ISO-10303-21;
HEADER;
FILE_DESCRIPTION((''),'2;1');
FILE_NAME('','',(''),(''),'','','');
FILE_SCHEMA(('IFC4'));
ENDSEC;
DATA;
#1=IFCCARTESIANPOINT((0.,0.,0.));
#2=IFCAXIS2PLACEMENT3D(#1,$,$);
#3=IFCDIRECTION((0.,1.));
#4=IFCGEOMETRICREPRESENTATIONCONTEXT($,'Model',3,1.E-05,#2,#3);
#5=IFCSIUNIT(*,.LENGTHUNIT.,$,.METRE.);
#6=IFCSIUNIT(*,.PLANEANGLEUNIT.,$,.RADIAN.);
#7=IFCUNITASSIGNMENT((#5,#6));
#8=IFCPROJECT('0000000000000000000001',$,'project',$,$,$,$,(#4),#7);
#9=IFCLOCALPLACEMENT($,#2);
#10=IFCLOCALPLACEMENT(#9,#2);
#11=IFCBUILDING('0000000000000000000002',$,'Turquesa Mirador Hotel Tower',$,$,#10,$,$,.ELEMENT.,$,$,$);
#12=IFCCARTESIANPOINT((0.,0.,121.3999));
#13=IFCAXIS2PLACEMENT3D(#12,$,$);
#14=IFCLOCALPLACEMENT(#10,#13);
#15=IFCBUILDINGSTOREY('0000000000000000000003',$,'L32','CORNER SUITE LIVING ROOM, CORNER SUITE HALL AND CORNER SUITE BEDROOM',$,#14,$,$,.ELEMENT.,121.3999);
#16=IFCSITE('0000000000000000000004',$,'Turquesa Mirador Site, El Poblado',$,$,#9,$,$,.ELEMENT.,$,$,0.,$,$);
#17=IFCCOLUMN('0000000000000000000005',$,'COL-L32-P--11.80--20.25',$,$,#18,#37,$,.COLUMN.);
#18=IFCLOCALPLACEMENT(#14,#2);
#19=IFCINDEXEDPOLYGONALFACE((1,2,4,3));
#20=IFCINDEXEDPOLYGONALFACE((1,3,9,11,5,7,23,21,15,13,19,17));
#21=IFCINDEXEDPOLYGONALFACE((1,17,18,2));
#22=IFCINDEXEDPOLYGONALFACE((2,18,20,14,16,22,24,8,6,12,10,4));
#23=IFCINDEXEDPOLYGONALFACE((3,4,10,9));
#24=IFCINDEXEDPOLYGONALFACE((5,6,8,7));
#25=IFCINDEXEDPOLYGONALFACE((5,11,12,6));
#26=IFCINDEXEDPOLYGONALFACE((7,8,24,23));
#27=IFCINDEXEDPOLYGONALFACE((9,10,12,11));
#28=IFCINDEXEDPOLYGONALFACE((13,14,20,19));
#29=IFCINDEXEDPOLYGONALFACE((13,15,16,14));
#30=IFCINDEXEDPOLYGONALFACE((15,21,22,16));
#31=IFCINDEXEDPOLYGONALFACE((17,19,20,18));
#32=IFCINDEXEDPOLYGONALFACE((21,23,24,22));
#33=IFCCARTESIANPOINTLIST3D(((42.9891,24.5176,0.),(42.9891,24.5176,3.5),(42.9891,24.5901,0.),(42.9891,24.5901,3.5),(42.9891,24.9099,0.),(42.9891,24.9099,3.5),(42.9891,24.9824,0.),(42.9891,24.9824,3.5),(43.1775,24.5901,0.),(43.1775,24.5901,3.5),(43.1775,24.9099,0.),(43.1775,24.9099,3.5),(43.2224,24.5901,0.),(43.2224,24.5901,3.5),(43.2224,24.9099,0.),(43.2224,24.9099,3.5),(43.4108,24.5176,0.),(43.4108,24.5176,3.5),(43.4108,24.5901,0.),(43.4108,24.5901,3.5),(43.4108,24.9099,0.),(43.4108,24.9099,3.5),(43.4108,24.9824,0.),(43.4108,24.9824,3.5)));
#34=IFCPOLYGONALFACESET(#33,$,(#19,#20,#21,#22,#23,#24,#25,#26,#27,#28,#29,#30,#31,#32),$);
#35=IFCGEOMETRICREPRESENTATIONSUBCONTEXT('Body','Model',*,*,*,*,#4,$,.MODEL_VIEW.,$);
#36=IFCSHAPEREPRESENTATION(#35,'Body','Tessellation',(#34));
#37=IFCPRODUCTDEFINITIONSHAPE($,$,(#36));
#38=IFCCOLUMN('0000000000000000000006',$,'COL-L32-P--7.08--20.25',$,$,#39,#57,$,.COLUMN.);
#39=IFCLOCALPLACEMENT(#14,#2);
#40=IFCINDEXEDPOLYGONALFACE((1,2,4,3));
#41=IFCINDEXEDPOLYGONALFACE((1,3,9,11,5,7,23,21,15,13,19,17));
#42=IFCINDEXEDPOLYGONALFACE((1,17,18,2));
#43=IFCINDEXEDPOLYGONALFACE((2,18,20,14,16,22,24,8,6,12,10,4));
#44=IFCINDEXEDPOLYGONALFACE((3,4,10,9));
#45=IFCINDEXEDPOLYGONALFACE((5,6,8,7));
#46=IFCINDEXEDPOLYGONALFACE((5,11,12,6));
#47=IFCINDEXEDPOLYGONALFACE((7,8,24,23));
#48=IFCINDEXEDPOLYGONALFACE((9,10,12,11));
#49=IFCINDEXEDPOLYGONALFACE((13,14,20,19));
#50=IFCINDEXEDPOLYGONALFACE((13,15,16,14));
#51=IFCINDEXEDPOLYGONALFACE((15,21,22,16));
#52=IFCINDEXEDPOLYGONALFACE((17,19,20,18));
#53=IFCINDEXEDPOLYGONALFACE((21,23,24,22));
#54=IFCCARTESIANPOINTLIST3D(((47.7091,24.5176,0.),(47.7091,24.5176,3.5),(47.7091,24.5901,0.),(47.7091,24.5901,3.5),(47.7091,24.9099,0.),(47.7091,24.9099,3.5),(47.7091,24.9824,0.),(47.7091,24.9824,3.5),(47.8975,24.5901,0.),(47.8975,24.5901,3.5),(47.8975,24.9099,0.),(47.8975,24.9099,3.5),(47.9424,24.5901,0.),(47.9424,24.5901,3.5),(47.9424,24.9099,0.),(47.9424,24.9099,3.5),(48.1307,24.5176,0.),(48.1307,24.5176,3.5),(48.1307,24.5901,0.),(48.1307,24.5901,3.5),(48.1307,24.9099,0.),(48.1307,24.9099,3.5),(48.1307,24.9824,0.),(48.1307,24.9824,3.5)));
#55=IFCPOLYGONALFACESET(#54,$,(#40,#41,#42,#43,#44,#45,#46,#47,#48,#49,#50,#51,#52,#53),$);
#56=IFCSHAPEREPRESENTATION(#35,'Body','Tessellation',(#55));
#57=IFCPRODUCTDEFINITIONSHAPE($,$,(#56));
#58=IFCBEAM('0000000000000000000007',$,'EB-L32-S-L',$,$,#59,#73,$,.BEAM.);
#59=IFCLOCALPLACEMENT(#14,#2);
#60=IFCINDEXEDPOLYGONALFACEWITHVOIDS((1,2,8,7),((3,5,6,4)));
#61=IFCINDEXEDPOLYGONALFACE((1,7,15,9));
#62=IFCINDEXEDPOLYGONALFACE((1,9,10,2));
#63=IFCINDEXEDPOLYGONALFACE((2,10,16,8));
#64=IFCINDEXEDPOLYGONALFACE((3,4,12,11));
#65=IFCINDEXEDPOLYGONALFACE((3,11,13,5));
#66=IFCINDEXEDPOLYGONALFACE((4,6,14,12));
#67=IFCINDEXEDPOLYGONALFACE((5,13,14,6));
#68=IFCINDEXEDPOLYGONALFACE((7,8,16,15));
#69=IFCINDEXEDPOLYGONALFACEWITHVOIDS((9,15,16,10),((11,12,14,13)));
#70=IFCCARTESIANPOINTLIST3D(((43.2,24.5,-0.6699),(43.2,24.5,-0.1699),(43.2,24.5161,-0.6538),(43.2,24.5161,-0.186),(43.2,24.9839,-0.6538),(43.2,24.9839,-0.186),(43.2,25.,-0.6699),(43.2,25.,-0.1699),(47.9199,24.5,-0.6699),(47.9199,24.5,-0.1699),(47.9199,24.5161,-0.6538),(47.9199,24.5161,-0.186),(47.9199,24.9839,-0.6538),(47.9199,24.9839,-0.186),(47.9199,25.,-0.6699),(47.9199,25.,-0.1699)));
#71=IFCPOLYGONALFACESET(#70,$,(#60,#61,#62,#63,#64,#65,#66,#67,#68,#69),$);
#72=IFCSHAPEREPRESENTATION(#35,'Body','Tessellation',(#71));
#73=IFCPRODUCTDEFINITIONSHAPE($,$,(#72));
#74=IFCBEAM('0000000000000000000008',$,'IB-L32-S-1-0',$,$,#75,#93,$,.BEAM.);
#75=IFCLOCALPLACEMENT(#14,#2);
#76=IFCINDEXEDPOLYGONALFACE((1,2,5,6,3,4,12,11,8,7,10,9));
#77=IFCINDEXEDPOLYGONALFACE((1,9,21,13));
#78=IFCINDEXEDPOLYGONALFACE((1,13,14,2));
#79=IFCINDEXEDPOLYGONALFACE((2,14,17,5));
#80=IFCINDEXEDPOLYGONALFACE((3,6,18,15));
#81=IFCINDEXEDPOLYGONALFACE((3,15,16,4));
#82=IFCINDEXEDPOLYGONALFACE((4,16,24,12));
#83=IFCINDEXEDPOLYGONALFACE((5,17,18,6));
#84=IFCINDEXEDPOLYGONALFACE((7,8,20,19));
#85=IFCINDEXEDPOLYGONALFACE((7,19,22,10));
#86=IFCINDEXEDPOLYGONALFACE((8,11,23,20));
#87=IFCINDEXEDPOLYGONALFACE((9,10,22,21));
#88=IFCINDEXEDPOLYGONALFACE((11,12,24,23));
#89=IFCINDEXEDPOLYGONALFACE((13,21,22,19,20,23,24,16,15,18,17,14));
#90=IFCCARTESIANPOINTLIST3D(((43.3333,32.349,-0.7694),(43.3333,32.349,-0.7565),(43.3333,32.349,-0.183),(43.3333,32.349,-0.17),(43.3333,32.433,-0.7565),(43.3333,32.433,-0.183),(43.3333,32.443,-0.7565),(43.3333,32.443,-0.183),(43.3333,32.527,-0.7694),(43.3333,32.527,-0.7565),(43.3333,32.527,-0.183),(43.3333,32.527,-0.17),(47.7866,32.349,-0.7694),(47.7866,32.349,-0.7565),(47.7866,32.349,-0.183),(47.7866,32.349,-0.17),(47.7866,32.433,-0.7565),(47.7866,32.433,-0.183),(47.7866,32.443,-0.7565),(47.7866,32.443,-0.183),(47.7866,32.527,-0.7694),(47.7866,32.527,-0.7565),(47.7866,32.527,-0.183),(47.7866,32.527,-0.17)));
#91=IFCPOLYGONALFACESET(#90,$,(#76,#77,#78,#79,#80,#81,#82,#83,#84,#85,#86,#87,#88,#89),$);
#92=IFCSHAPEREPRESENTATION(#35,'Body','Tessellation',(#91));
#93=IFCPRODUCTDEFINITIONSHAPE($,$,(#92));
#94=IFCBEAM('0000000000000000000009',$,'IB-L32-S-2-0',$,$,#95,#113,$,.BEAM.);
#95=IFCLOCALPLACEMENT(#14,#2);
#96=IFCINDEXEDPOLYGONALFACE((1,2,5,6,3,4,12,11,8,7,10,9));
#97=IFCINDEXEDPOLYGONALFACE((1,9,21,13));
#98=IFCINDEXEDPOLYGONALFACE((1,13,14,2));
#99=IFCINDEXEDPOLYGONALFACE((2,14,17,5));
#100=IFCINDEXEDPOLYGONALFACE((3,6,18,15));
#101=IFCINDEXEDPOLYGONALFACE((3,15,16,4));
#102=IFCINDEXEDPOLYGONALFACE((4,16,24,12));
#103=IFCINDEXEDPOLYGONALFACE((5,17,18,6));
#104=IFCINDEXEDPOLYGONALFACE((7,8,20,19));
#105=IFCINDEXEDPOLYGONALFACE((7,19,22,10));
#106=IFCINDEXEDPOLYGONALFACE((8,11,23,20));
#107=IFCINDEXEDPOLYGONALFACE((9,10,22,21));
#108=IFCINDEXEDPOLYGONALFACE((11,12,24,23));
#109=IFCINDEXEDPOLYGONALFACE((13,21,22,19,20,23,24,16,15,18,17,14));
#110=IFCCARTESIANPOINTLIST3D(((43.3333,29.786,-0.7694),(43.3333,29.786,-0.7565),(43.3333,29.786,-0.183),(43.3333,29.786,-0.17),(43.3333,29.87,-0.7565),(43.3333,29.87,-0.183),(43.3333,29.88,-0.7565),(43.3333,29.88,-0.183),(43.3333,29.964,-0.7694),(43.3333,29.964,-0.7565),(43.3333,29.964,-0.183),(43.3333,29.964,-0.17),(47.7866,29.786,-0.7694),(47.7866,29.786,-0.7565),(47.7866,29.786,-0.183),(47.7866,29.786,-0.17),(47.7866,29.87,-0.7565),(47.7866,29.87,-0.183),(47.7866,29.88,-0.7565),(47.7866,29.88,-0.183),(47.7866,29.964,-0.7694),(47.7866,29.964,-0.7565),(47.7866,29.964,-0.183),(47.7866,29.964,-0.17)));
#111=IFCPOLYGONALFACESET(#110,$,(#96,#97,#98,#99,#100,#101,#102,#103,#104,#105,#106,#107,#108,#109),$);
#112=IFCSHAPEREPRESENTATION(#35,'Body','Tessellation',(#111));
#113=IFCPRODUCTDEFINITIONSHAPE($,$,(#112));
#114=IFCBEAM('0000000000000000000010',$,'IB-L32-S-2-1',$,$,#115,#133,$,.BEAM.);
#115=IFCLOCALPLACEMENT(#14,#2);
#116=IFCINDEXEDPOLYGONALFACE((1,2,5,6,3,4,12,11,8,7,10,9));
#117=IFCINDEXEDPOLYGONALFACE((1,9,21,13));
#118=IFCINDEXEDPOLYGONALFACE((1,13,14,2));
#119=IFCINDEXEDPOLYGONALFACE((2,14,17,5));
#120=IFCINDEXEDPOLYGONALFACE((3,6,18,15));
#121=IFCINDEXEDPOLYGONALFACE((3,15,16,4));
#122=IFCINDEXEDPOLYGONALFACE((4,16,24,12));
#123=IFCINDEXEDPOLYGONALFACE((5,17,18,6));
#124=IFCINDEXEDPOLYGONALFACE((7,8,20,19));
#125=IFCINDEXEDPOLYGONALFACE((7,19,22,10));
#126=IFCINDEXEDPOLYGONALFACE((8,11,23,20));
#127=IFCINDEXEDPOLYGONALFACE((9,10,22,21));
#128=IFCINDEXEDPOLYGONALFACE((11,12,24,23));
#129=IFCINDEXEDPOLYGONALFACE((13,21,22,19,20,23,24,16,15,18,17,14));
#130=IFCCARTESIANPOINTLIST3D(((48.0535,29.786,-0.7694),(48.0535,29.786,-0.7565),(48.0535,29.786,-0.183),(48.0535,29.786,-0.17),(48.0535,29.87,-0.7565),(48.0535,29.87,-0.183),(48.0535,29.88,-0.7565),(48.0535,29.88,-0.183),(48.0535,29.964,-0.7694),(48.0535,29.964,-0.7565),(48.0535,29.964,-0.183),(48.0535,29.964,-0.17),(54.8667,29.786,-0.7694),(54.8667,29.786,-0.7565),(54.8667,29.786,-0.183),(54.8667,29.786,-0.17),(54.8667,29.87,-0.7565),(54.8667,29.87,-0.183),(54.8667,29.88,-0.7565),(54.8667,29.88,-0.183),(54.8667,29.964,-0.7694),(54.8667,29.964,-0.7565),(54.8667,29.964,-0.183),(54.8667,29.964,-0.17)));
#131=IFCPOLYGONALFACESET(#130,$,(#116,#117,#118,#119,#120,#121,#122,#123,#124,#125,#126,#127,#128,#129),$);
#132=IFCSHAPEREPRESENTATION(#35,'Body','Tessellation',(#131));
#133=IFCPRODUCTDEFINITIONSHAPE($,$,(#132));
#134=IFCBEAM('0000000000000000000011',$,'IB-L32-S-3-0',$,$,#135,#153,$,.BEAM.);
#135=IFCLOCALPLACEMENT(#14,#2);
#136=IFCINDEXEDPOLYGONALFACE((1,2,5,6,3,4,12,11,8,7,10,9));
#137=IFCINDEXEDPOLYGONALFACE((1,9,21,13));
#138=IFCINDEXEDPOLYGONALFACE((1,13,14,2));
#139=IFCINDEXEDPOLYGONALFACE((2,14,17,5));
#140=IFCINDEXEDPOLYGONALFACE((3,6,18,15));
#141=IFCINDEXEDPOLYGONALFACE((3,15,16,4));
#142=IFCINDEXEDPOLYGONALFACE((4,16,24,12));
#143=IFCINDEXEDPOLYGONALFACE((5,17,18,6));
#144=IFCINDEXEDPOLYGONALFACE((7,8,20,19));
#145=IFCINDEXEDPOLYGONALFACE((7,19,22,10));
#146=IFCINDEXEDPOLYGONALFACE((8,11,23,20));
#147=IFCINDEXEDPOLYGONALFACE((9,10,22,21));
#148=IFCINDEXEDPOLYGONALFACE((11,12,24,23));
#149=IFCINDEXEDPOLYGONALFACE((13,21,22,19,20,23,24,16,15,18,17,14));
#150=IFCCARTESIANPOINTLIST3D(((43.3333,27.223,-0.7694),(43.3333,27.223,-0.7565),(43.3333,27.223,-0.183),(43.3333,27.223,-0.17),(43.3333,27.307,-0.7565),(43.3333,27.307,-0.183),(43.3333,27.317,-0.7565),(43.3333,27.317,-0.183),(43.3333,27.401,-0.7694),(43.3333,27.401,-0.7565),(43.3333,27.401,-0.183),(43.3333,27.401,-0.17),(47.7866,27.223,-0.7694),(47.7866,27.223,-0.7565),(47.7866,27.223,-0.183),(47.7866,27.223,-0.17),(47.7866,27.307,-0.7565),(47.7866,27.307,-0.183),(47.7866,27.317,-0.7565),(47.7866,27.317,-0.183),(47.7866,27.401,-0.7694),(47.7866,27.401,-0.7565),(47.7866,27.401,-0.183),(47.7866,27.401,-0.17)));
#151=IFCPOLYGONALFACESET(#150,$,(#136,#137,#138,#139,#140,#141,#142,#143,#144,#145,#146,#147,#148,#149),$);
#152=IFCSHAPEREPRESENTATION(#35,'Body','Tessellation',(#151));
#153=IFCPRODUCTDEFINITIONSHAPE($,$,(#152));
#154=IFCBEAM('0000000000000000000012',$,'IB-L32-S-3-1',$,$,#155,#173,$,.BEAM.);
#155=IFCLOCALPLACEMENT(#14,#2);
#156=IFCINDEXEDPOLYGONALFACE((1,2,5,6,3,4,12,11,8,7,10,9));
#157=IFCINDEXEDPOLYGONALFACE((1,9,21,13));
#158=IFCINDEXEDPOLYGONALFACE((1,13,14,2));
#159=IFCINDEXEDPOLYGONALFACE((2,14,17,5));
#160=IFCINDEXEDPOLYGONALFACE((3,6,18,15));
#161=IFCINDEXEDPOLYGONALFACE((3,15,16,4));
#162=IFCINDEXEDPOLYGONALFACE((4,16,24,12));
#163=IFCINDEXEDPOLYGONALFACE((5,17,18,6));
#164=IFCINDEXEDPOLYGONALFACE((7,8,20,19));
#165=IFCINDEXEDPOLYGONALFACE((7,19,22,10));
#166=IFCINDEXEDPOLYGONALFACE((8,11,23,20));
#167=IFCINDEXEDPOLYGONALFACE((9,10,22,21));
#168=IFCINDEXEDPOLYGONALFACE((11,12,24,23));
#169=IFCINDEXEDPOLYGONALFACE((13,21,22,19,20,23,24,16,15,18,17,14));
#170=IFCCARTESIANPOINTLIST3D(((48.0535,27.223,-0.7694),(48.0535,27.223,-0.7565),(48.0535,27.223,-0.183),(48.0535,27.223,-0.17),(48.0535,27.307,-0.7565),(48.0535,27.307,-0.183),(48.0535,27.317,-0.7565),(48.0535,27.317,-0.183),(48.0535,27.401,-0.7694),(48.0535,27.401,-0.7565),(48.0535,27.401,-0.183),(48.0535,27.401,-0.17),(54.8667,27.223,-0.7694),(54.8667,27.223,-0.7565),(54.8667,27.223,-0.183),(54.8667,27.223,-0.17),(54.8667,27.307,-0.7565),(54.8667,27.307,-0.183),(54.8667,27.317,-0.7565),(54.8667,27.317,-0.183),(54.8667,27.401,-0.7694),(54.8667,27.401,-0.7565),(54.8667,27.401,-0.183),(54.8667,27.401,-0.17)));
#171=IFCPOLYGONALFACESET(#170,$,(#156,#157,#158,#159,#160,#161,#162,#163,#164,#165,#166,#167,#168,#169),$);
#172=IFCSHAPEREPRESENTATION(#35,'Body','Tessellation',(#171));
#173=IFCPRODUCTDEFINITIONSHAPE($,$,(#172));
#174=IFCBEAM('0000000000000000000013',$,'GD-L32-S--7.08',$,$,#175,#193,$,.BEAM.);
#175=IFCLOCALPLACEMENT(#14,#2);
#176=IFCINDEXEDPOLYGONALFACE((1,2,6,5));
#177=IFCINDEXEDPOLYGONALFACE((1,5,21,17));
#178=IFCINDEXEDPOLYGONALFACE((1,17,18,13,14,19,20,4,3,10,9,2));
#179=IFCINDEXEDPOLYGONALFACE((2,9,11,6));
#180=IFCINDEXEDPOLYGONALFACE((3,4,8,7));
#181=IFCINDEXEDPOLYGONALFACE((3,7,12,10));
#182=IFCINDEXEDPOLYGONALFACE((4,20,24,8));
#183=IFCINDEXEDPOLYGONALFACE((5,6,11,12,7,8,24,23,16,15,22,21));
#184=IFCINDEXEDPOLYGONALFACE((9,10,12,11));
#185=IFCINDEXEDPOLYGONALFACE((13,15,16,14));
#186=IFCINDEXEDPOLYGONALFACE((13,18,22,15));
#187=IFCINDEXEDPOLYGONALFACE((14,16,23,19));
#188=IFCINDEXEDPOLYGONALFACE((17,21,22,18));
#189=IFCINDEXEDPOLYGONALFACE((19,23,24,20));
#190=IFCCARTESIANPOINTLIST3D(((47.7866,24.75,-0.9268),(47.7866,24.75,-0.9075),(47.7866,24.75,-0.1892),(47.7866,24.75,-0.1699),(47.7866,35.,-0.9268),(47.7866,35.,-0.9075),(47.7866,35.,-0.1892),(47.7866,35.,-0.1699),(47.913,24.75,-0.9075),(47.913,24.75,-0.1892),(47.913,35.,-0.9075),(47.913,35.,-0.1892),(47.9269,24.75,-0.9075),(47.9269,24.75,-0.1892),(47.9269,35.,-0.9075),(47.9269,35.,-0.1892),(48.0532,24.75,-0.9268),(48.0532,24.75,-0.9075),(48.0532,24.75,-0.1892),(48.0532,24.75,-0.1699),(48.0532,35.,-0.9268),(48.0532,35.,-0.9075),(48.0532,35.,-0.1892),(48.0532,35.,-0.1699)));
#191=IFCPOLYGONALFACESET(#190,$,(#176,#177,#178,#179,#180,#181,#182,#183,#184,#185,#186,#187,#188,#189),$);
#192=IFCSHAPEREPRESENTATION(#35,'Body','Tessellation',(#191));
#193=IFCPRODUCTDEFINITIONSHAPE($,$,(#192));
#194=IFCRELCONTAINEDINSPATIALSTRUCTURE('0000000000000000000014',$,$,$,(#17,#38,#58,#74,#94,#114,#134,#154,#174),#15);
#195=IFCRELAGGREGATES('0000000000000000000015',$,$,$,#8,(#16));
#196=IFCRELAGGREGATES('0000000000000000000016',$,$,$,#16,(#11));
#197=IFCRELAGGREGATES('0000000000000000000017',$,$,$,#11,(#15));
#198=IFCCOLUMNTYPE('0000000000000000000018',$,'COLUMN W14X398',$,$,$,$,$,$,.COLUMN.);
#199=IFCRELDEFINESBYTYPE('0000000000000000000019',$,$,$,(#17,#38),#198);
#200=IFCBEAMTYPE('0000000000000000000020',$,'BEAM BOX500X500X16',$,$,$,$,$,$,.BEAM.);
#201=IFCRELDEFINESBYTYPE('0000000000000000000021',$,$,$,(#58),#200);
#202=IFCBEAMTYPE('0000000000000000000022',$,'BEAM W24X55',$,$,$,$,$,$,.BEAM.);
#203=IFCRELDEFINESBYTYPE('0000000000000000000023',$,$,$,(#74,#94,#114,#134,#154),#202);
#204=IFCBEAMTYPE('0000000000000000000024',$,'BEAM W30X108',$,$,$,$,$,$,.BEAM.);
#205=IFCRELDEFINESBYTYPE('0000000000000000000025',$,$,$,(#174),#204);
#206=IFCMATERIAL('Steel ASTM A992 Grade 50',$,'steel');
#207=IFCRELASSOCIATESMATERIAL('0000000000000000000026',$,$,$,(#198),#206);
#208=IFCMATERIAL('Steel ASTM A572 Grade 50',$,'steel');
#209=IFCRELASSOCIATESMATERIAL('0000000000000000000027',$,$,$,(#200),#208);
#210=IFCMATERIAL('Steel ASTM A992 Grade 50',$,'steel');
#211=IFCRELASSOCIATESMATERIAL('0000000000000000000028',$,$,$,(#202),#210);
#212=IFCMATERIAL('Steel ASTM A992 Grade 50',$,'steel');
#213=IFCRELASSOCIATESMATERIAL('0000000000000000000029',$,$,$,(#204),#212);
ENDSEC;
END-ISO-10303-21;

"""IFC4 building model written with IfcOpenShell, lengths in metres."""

from ifc_helpers import new_model, si_unit, direction, frame, origin, origin_2d, place, context, subcontext, project, spatial, hollow_rectangle, i_section, extrude, material, material_profile, profile_set, type_object, element, save


model = new_model("IFC4")

# Units and contexts
model_context = context("Model", 3, precision=1e-05, world=origin(), true_north=direction((0.0, 1.0)))
body_context = subcontext(model_context, "Body", "Model", "MODEL_VIEW")
ifc_project = project(units=[si_unit("LENGTHUNIT", "METRE"), si_unit("PLANEANGLEUNIT", "RADIAN")], contexts=[model_context])

# Site, building, storey
site_placement = place(None, origin())
site = spatial("IfcSite", under=ifc_project, at=site_placement, Name="Turquesa Mirador Site, El Poblado", CompositionType="ELEMENT", RefElevation=0.0)
building_placement = place(site_placement, origin())
building = spatial("IfcBuilding", under=site, at=building_placement, Name="Turquesa Mirador Hotel Tower", CompositionType="ELEMENT")
storey_placement = place(building_placement, frame((0.0, 0.0, 121.3999)))
storey = spatial("IfcBuildingStorey", under=building, at=storey_placement, Name="L32", Description="CORNER SUITE LIVING ROOM, CORNER SUITE HALL AND CORNER SUITE BEDROOM", CompositionType="ELEMENT", Elevation=121.3999)

# Columns
ifc_material_1 = material(Name="Steel ASTM A992 Grade 50", Category="steel")
ifc_material_profile_1 = material_profile(ifc_material_1, i_section(OverallWidth=0.4216, OverallDepth=0.4648, WebThickness=0.0449, FlangeThickness=0.0725, at=origin_2d()), Name="W14X398")
ifc_profile_set_1 = profile_set([ifc_material_profile_1], Name="Steel ASTM A992 Grade 50")
column_type = type_object("IfcColumnType", Name="COLUMN W14X398", PredefinedType="COLUMN", material=ifc_profile_set_1)
for number, where, z_axis, x_axis, name in (
    (1, (43.2, 24.75, 0.0), (0.0, 0.0, 1.0), (1.0, 0.0, 0.0), "COL-L32-P--11.80--20.25"),
    (2, (47.9199, 24.75, 0.0), (0.0, 0.0, 1.0), (1.0, 0.0, 0.0), "COL-L32-P--7.08--20.25"),
):
    element("IfcColumn", number, at=place(storey_placement, frame(where, z_axis=z_axis, x_axis=x_axis)), inside=storey, type_object=column_type, Name=name, PredefinedType="COLUMN", context=body_context, shape_type="SweptSolid", body=[
        extrude(i_section(OverallWidth=0.4216, OverallDepth=0.4648, WebThickness=0.0449, FlangeThickness=0.0725, at=origin_2d()), origin(), (0.0, 0.0, 1.0), 3.5),
    ])

# Beams
ifc_material_2 = material(Name="Steel ASTM A572 Grade 50", Category="steel")
ifc_material_profile_2 = material_profile(ifc_material_2, hollow_rectangle(XDim=0.5, YDim=0.5, WallThickness=0.0161, at=origin_2d()), Name="BOX500X500X16")
ifc_profile_set_2 = profile_set([ifc_material_profile_2], Name="Steel ASTM A572 Grade 50")
beam_type_1 = type_object("IfcBeamType", Name="BEAM BOX500X500X16", PredefinedType="BEAM", material=ifc_profile_set_2)
beam_1_placement = place(storey_placement, frame((43.2, 24.75, -0.4199), z_axis=(1.0, 0.0, 0.0), x_axis=(0.0, 1.0, 0.0)))
element("IfcBeam", 3, at=beam_1_placement, inside=storey, type_object=beam_type_1, Name="EB-L32-S-L", PredefinedType="BEAM", context=body_context, shape_type="SweptSolid", body=[
    extrude(hollow_rectangle(XDim=0.5, YDim=0.5, WallThickness=0.0161, at=origin_2d()), origin(), (0.0, 0.0, 1.0), 4.72),
])
ifc_material_3 = material(Name="Steel ASTM A992 Grade 50", Category="steel")
ifc_material_profile_3 = material_profile(ifc_material_3, i_section(OverallWidth=0.178, OverallDepth=0.5994, WebThickness=0.01, FlangeThickness=0.0129, at=origin_2d()), Name="W24X55")
ifc_profile_set_3 = profile_set([ifc_material_profile_3], Name="Steel ASTM A992 Grade 50")
beam_type_2 = type_object("IfcBeamType", Name="BEAM W24X55", PredefinedType="BEAM", material=ifc_profile_set_3)
for number, where, z_axis, x_axis, name in (
    (4, (43.3333, 32.438, -0.4697), (1.0, 0.0, 0.0), (0.0, 1.0, 0.0), "IB-L32-S-1-0"),
    (5, (43.3333, 29.875, -0.4697), (1.0, 0.0, 0.0), (0.0, 1.0, 0.0), "IB-L32-S-2-0"),
):
    element("IfcBeam", number, at=place(storey_placement, frame(where, z_axis=z_axis, x_axis=x_axis)), inside=storey, type_object=beam_type_2, Name=name, PredefinedType="BEAM", context=body_context, shape_type="SweptSolid", body=[
        extrude(i_section(OverallWidth=0.178, OverallDepth=0.5994, WebThickness=0.01, FlangeThickness=0.0129, at=origin_2d()), origin(), (0.0, 0.0, 1.0), 4.4534),
    ])
beam_2_placement = place(storey_placement, frame((48.0535, 29.875, -0.4697), z_axis=(1.0, 0.0, 0.0), x_axis=(0.0, 1.0, 0.0)))
element("IfcBeam", 6, at=beam_2_placement, inside=storey, type_object=beam_type_2, Name="IB-L32-S-2-1", PredefinedType="BEAM", context=body_context, shape_type="SweptSolid", body=[
    extrude(i_section(OverallWidth=0.178, OverallDepth=0.5994, WebThickness=0.01, FlangeThickness=0.0129, at=origin_2d()), origin(), (0.0, 0.0, 1.0), 6.8132),
])
beam_3_placement = place(storey_placement, frame((43.3333, 27.312, -0.4697), z_axis=(1.0, 0.0, 0.0), x_axis=(0.0, 1.0, 0.0)))
element("IfcBeam", 7, at=beam_3_placement, inside=storey, type_object=beam_type_2, Name="IB-L32-S-3-0", PredefinedType="BEAM", context=body_context, shape_type="SweptSolid", body=[
    extrude(i_section(OverallWidth=0.178, OverallDepth=0.5994, WebThickness=0.01, FlangeThickness=0.0129, at=origin_2d()), origin(), (0.0, 0.0, 1.0), 4.4534),
])
beam_4_placement = place(storey_placement, frame((48.0535, 27.312, -0.4697), z_axis=(1.0, 0.0, 0.0), x_axis=(0.0, 1.0, 0.0)))
element("IfcBeam", 8, at=beam_4_placement, inside=storey, type_object=beam_type_2, Name="IB-L32-S-3-1", PredefinedType="BEAM", context=body_context, shape_type="SweptSolid", body=[
    extrude(i_section(OverallWidth=0.178, OverallDepth=0.5994, WebThickness=0.01, FlangeThickness=0.0129, at=origin_2d()), origin(), (0.0, 0.0, 1.0), 6.8132),
])
ifc_material_4 = material(Name="Steel ASTM A992 Grade 50", Category="steel")
ifc_material_profile_4 = material_profile(ifc_material_4, i_section(OverallWidth=0.2666, OverallDepth=0.7568, WebThickness=0.0139, FlangeThickness=0.0193, at=origin_2d()), Name="W30X108")
ifc_profile_set_4 = profile_set([ifc_material_profile_4], Name="Steel ASTM A992 Grade 50")
beam_type_3 = type_object("IfcBeamType", Name="BEAM W30X108", PredefinedType="BEAM", material=ifc_profile_set_4)
beam_5_placement = place(storey_placement, frame((47.9199, 24.75, -0.5483), z_axis=(0.0, 1.0, 0.0), x_axis=(-1.0, 0.0, 0.0)))
element("IfcBeam", 9, at=beam_5_placement, inside=storey, type_object=beam_type_3, Name="GD-L32-S--7.08", PredefinedType="BEAM", context=body_context, shape_type="SweptSolid", body=[
    extrude(i_section(OverallWidth=0.2666, OverallDepth=0.7568, WebThickness=0.0139, FlangeThickness=0.0193, at=origin_2d()), origin(), (0.0, 0.0, 1.0), 10.25),
])

save(model, "model.ifc")
